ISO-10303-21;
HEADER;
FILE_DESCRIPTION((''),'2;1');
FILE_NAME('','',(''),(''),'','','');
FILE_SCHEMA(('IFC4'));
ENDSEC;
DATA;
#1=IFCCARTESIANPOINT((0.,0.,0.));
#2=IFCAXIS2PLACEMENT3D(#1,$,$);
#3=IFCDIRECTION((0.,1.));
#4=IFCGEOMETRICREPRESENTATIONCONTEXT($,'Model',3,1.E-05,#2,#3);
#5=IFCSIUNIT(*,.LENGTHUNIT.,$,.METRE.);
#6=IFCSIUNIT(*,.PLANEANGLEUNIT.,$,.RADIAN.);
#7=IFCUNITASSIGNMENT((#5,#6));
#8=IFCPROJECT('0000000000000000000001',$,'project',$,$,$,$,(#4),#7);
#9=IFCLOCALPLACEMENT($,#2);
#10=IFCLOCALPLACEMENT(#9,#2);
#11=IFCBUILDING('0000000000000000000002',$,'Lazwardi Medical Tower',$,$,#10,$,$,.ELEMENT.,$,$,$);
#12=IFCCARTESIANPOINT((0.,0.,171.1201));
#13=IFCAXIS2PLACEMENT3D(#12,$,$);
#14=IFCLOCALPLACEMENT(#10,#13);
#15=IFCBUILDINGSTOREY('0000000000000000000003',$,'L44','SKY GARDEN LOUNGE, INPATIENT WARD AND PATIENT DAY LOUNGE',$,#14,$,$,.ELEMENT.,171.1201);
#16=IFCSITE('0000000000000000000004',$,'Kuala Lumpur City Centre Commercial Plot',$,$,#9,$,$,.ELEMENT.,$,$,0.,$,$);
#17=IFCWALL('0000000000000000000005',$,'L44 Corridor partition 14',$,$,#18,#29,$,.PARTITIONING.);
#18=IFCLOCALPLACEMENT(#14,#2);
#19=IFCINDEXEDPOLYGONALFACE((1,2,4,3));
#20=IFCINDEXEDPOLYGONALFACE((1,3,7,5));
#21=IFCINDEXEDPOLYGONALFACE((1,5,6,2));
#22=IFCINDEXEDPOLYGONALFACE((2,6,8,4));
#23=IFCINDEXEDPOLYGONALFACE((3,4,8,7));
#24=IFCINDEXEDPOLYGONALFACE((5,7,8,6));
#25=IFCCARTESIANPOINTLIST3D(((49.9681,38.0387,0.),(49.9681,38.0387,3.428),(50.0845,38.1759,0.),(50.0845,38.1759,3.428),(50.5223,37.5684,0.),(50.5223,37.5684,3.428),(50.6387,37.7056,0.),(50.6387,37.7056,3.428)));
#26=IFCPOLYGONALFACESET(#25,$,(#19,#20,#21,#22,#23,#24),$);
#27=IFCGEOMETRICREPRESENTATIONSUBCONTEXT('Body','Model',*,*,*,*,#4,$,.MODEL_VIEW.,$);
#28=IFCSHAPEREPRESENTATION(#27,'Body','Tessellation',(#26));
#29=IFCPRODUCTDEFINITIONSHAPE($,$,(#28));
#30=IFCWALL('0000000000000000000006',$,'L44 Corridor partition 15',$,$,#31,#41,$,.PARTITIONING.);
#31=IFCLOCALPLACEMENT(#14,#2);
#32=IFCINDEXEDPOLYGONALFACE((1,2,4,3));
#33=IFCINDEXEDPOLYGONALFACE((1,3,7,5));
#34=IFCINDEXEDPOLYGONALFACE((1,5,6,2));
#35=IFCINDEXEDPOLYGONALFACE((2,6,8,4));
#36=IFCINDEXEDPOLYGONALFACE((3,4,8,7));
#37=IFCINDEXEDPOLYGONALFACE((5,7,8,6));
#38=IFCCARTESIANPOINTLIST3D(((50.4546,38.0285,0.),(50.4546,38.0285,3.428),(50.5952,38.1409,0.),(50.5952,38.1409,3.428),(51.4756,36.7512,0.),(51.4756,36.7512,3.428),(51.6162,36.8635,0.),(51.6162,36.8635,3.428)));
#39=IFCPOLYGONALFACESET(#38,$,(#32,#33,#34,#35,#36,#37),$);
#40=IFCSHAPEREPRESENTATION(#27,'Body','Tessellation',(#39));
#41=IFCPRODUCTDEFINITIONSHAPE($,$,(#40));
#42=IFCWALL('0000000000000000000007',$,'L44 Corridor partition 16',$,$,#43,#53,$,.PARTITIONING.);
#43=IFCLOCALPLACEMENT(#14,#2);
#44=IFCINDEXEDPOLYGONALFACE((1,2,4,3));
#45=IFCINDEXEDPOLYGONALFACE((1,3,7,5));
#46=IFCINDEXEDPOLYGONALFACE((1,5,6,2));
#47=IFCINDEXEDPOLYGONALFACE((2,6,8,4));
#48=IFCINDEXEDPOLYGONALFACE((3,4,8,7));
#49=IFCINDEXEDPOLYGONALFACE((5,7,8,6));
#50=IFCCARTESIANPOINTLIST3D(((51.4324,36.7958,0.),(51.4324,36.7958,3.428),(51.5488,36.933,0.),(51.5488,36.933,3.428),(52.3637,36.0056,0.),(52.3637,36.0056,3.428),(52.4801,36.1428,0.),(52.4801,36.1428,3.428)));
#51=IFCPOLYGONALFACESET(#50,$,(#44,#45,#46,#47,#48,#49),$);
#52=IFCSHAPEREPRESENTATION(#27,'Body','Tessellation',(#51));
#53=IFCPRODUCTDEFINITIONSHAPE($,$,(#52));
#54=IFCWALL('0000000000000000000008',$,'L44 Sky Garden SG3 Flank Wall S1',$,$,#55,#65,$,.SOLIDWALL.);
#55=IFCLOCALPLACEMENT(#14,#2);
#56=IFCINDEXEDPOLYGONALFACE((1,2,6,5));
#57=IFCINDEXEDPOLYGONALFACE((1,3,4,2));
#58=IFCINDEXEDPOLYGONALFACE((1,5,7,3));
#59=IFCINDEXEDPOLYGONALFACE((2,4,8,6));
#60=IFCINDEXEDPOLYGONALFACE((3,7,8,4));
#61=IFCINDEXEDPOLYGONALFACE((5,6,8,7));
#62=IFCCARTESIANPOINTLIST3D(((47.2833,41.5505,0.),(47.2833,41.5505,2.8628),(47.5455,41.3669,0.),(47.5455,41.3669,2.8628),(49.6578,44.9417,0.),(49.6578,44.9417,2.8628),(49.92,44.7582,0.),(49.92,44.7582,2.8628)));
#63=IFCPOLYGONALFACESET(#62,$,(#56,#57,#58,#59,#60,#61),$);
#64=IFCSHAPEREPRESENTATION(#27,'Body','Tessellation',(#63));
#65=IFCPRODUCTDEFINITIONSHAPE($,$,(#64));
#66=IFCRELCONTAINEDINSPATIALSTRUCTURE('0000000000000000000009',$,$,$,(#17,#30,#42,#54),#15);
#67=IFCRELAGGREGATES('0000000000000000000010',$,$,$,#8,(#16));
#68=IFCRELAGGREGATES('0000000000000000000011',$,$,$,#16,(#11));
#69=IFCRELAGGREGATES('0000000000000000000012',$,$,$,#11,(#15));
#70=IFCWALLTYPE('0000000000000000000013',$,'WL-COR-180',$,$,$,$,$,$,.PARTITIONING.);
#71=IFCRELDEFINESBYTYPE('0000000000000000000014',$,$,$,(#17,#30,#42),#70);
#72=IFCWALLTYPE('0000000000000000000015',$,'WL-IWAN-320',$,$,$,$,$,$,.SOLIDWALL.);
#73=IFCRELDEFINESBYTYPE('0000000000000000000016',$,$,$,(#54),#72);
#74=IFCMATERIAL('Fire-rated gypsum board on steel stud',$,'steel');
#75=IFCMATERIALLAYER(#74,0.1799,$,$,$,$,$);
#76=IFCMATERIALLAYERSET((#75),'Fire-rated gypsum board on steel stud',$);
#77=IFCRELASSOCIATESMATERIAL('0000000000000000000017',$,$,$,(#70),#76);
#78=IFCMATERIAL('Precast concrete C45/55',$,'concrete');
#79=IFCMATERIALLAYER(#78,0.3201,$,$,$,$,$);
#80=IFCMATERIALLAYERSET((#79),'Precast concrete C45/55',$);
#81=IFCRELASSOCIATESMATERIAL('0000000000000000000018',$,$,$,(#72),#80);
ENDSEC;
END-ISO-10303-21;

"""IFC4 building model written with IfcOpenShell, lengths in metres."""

from ifc_helpers import new_model, si_unit, direction, frame, frame_2d, origin, place, context, subcontext, project, spatial, rectangle, extrude, material, layer, layer_set, type_object, element, save


model = new_model("IFC4")

# Units and contexts
model_context = context("Model", 3, precision=1e-05, world=origin(), true_north=direction((0.0, 1.0)))
body_context = subcontext(model_context, "Body", "Model", "MODEL_VIEW")
ifc_project = project(units=[si_unit("LENGTHUNIT", "METRE"), si_unit("PLANEANGLEUNIT", "RADIAN")], contexts=[model_context])

# Site, building, storey
site_placement = place(None, origin())
site = spatial("IfcSite", under=ifc_project, at=site_placement, Name="Kuala Lumpur City Centre Commercial Plot", CompositionType="ELEMENT", RefElevation=0.0)
building_placement = place(site_placement, origin())
building = spatial("IfcBuilding", under=site, at=building_placement, Name="Lazwardi Medical Tower", CompositionType="ELEMENT")
storey_placement = place(building_placement, frame((0.0, 0.0, 171.1201)))
storey = spatial("IfcBuildingStorey", under=building, at=storey_placement, Name="L44", Description="SKY GARDEN LOUNGE, INPATIENT WARD AND PATIENT DAY LOUNGE", CompositionType="ELEMENT", Elevation=171.1201)

# Walls
ifc_material_1 = material(Name="Fire-rated gypsum board on steel stud", Category="steel")
ifc_layer_1 = layer(ifc_material_1, 0.1799)
ifc_layer_set_1 = layer_set([ifc_layer_1], Name="Fire-rated gypsum board on steel stud")
wall_type_1 = type_object("IfcWallType", Name="WL-COR-180", PredefinedType="PARTITIONING", material=ifc_layer_set_1)
wall_1_placement = place(storey_placement, frame((50.0264, 38.1072, 0.0), z_axis=(0.0, 0.0, 1.0), x_axis=(0.762519, -0.646966, 0.0)))
element("IfcWall", 1, at=wall_1_placement, inside=storey, type_object=wall_type_1, Name="L44 Corridor partition 14", PredefinedType="PARTITIONING", context=body_context, shape_type="SweptSolid", body=[
    extrude(rectangle(XDim=0.7268, YDim=0.1799, at=frame_2d((0.3633, 0.0))), origin(), (0.0, 0.0, 1.0), 3.428),
])
wall_2_placement = place(storey_placement, frame((50.5249, 38.0847, 0.0), z_axis=(0.0, 0.0, 1.0), x_axis=(0.624367, -0.781131, 0.0)))
element("IfcWall", 2, at=wall_2_placement, inside=storey, type_object=wall_type_1, Name="L44 Corridor partition 15", PredefinedType="PARTITIONING", context=body_context, shape_type="SweptSolid", body=[
    extrude(rectangle(XDim=1.6353, YDim=0.1799, at=frame_2d((0.8176, 0.0))), origin(), (0.0, 0.0, 1.0), 3.428),
])
wall_3_placement = place(storey_placement, frame((51.4905, 36.8645, 0.0), z_axis=(0.0, 0.0, 1.0), x_axis=(0.762506, -0.646981, 0.0)))
element("IfcWall", 3, at=wall_3_placement, inside=storey, type_object=wall_type_1, Name="L44 Corridor partition 16", PredefinedType="PARTITIONING", context=body_context, shape_type="SweptSolid", body=[
    extrude(rectangle(XDim=1.2214, YDim=0.1799, at=frame_2d((0.6108, 0.0))), origin(), (0.0, 0.0, 1.0), 3.428),
])
ifc_material_2 = material(Name="Precast concrete C45/55", Category="concrete")
ifc_layer_2 = layer(ifc_material_2, 0.3201)
ifc_layer_set_2 = layer_set([ifc_layer_2], Name="Precast concrete C45/55")
wall_type_2 = type_object("IfcWallType", Name="WL-IWAN-320", PredefinedType="SOLIDWALL", material=ifc_layer_set_2)
wall_4_placement = place(storey_placement, frame((49.7888, 44.8499, 0.0), z_axis=(0.0, 0.0, 1.0), x_axis=(-0.573553, -0.819168, 0.0)))
element("IfcWall", 4, at=wall_4_placement, inside=storey, type_object=wall_type_2, Name="L44 Sky Garden SG3 Flank Wall S1", PredefinedType="SOLIDWALL", context=body_context, shape_type="SweptSolid", body=[
    extrude(rectangle(XDim=4.1399, YDim=0.3201, at=frame_2d((2.0698, 0.0))), origin(), (0.0, 0.0, 1.0), 2.8628),
])

save(model, "model.ifc")
